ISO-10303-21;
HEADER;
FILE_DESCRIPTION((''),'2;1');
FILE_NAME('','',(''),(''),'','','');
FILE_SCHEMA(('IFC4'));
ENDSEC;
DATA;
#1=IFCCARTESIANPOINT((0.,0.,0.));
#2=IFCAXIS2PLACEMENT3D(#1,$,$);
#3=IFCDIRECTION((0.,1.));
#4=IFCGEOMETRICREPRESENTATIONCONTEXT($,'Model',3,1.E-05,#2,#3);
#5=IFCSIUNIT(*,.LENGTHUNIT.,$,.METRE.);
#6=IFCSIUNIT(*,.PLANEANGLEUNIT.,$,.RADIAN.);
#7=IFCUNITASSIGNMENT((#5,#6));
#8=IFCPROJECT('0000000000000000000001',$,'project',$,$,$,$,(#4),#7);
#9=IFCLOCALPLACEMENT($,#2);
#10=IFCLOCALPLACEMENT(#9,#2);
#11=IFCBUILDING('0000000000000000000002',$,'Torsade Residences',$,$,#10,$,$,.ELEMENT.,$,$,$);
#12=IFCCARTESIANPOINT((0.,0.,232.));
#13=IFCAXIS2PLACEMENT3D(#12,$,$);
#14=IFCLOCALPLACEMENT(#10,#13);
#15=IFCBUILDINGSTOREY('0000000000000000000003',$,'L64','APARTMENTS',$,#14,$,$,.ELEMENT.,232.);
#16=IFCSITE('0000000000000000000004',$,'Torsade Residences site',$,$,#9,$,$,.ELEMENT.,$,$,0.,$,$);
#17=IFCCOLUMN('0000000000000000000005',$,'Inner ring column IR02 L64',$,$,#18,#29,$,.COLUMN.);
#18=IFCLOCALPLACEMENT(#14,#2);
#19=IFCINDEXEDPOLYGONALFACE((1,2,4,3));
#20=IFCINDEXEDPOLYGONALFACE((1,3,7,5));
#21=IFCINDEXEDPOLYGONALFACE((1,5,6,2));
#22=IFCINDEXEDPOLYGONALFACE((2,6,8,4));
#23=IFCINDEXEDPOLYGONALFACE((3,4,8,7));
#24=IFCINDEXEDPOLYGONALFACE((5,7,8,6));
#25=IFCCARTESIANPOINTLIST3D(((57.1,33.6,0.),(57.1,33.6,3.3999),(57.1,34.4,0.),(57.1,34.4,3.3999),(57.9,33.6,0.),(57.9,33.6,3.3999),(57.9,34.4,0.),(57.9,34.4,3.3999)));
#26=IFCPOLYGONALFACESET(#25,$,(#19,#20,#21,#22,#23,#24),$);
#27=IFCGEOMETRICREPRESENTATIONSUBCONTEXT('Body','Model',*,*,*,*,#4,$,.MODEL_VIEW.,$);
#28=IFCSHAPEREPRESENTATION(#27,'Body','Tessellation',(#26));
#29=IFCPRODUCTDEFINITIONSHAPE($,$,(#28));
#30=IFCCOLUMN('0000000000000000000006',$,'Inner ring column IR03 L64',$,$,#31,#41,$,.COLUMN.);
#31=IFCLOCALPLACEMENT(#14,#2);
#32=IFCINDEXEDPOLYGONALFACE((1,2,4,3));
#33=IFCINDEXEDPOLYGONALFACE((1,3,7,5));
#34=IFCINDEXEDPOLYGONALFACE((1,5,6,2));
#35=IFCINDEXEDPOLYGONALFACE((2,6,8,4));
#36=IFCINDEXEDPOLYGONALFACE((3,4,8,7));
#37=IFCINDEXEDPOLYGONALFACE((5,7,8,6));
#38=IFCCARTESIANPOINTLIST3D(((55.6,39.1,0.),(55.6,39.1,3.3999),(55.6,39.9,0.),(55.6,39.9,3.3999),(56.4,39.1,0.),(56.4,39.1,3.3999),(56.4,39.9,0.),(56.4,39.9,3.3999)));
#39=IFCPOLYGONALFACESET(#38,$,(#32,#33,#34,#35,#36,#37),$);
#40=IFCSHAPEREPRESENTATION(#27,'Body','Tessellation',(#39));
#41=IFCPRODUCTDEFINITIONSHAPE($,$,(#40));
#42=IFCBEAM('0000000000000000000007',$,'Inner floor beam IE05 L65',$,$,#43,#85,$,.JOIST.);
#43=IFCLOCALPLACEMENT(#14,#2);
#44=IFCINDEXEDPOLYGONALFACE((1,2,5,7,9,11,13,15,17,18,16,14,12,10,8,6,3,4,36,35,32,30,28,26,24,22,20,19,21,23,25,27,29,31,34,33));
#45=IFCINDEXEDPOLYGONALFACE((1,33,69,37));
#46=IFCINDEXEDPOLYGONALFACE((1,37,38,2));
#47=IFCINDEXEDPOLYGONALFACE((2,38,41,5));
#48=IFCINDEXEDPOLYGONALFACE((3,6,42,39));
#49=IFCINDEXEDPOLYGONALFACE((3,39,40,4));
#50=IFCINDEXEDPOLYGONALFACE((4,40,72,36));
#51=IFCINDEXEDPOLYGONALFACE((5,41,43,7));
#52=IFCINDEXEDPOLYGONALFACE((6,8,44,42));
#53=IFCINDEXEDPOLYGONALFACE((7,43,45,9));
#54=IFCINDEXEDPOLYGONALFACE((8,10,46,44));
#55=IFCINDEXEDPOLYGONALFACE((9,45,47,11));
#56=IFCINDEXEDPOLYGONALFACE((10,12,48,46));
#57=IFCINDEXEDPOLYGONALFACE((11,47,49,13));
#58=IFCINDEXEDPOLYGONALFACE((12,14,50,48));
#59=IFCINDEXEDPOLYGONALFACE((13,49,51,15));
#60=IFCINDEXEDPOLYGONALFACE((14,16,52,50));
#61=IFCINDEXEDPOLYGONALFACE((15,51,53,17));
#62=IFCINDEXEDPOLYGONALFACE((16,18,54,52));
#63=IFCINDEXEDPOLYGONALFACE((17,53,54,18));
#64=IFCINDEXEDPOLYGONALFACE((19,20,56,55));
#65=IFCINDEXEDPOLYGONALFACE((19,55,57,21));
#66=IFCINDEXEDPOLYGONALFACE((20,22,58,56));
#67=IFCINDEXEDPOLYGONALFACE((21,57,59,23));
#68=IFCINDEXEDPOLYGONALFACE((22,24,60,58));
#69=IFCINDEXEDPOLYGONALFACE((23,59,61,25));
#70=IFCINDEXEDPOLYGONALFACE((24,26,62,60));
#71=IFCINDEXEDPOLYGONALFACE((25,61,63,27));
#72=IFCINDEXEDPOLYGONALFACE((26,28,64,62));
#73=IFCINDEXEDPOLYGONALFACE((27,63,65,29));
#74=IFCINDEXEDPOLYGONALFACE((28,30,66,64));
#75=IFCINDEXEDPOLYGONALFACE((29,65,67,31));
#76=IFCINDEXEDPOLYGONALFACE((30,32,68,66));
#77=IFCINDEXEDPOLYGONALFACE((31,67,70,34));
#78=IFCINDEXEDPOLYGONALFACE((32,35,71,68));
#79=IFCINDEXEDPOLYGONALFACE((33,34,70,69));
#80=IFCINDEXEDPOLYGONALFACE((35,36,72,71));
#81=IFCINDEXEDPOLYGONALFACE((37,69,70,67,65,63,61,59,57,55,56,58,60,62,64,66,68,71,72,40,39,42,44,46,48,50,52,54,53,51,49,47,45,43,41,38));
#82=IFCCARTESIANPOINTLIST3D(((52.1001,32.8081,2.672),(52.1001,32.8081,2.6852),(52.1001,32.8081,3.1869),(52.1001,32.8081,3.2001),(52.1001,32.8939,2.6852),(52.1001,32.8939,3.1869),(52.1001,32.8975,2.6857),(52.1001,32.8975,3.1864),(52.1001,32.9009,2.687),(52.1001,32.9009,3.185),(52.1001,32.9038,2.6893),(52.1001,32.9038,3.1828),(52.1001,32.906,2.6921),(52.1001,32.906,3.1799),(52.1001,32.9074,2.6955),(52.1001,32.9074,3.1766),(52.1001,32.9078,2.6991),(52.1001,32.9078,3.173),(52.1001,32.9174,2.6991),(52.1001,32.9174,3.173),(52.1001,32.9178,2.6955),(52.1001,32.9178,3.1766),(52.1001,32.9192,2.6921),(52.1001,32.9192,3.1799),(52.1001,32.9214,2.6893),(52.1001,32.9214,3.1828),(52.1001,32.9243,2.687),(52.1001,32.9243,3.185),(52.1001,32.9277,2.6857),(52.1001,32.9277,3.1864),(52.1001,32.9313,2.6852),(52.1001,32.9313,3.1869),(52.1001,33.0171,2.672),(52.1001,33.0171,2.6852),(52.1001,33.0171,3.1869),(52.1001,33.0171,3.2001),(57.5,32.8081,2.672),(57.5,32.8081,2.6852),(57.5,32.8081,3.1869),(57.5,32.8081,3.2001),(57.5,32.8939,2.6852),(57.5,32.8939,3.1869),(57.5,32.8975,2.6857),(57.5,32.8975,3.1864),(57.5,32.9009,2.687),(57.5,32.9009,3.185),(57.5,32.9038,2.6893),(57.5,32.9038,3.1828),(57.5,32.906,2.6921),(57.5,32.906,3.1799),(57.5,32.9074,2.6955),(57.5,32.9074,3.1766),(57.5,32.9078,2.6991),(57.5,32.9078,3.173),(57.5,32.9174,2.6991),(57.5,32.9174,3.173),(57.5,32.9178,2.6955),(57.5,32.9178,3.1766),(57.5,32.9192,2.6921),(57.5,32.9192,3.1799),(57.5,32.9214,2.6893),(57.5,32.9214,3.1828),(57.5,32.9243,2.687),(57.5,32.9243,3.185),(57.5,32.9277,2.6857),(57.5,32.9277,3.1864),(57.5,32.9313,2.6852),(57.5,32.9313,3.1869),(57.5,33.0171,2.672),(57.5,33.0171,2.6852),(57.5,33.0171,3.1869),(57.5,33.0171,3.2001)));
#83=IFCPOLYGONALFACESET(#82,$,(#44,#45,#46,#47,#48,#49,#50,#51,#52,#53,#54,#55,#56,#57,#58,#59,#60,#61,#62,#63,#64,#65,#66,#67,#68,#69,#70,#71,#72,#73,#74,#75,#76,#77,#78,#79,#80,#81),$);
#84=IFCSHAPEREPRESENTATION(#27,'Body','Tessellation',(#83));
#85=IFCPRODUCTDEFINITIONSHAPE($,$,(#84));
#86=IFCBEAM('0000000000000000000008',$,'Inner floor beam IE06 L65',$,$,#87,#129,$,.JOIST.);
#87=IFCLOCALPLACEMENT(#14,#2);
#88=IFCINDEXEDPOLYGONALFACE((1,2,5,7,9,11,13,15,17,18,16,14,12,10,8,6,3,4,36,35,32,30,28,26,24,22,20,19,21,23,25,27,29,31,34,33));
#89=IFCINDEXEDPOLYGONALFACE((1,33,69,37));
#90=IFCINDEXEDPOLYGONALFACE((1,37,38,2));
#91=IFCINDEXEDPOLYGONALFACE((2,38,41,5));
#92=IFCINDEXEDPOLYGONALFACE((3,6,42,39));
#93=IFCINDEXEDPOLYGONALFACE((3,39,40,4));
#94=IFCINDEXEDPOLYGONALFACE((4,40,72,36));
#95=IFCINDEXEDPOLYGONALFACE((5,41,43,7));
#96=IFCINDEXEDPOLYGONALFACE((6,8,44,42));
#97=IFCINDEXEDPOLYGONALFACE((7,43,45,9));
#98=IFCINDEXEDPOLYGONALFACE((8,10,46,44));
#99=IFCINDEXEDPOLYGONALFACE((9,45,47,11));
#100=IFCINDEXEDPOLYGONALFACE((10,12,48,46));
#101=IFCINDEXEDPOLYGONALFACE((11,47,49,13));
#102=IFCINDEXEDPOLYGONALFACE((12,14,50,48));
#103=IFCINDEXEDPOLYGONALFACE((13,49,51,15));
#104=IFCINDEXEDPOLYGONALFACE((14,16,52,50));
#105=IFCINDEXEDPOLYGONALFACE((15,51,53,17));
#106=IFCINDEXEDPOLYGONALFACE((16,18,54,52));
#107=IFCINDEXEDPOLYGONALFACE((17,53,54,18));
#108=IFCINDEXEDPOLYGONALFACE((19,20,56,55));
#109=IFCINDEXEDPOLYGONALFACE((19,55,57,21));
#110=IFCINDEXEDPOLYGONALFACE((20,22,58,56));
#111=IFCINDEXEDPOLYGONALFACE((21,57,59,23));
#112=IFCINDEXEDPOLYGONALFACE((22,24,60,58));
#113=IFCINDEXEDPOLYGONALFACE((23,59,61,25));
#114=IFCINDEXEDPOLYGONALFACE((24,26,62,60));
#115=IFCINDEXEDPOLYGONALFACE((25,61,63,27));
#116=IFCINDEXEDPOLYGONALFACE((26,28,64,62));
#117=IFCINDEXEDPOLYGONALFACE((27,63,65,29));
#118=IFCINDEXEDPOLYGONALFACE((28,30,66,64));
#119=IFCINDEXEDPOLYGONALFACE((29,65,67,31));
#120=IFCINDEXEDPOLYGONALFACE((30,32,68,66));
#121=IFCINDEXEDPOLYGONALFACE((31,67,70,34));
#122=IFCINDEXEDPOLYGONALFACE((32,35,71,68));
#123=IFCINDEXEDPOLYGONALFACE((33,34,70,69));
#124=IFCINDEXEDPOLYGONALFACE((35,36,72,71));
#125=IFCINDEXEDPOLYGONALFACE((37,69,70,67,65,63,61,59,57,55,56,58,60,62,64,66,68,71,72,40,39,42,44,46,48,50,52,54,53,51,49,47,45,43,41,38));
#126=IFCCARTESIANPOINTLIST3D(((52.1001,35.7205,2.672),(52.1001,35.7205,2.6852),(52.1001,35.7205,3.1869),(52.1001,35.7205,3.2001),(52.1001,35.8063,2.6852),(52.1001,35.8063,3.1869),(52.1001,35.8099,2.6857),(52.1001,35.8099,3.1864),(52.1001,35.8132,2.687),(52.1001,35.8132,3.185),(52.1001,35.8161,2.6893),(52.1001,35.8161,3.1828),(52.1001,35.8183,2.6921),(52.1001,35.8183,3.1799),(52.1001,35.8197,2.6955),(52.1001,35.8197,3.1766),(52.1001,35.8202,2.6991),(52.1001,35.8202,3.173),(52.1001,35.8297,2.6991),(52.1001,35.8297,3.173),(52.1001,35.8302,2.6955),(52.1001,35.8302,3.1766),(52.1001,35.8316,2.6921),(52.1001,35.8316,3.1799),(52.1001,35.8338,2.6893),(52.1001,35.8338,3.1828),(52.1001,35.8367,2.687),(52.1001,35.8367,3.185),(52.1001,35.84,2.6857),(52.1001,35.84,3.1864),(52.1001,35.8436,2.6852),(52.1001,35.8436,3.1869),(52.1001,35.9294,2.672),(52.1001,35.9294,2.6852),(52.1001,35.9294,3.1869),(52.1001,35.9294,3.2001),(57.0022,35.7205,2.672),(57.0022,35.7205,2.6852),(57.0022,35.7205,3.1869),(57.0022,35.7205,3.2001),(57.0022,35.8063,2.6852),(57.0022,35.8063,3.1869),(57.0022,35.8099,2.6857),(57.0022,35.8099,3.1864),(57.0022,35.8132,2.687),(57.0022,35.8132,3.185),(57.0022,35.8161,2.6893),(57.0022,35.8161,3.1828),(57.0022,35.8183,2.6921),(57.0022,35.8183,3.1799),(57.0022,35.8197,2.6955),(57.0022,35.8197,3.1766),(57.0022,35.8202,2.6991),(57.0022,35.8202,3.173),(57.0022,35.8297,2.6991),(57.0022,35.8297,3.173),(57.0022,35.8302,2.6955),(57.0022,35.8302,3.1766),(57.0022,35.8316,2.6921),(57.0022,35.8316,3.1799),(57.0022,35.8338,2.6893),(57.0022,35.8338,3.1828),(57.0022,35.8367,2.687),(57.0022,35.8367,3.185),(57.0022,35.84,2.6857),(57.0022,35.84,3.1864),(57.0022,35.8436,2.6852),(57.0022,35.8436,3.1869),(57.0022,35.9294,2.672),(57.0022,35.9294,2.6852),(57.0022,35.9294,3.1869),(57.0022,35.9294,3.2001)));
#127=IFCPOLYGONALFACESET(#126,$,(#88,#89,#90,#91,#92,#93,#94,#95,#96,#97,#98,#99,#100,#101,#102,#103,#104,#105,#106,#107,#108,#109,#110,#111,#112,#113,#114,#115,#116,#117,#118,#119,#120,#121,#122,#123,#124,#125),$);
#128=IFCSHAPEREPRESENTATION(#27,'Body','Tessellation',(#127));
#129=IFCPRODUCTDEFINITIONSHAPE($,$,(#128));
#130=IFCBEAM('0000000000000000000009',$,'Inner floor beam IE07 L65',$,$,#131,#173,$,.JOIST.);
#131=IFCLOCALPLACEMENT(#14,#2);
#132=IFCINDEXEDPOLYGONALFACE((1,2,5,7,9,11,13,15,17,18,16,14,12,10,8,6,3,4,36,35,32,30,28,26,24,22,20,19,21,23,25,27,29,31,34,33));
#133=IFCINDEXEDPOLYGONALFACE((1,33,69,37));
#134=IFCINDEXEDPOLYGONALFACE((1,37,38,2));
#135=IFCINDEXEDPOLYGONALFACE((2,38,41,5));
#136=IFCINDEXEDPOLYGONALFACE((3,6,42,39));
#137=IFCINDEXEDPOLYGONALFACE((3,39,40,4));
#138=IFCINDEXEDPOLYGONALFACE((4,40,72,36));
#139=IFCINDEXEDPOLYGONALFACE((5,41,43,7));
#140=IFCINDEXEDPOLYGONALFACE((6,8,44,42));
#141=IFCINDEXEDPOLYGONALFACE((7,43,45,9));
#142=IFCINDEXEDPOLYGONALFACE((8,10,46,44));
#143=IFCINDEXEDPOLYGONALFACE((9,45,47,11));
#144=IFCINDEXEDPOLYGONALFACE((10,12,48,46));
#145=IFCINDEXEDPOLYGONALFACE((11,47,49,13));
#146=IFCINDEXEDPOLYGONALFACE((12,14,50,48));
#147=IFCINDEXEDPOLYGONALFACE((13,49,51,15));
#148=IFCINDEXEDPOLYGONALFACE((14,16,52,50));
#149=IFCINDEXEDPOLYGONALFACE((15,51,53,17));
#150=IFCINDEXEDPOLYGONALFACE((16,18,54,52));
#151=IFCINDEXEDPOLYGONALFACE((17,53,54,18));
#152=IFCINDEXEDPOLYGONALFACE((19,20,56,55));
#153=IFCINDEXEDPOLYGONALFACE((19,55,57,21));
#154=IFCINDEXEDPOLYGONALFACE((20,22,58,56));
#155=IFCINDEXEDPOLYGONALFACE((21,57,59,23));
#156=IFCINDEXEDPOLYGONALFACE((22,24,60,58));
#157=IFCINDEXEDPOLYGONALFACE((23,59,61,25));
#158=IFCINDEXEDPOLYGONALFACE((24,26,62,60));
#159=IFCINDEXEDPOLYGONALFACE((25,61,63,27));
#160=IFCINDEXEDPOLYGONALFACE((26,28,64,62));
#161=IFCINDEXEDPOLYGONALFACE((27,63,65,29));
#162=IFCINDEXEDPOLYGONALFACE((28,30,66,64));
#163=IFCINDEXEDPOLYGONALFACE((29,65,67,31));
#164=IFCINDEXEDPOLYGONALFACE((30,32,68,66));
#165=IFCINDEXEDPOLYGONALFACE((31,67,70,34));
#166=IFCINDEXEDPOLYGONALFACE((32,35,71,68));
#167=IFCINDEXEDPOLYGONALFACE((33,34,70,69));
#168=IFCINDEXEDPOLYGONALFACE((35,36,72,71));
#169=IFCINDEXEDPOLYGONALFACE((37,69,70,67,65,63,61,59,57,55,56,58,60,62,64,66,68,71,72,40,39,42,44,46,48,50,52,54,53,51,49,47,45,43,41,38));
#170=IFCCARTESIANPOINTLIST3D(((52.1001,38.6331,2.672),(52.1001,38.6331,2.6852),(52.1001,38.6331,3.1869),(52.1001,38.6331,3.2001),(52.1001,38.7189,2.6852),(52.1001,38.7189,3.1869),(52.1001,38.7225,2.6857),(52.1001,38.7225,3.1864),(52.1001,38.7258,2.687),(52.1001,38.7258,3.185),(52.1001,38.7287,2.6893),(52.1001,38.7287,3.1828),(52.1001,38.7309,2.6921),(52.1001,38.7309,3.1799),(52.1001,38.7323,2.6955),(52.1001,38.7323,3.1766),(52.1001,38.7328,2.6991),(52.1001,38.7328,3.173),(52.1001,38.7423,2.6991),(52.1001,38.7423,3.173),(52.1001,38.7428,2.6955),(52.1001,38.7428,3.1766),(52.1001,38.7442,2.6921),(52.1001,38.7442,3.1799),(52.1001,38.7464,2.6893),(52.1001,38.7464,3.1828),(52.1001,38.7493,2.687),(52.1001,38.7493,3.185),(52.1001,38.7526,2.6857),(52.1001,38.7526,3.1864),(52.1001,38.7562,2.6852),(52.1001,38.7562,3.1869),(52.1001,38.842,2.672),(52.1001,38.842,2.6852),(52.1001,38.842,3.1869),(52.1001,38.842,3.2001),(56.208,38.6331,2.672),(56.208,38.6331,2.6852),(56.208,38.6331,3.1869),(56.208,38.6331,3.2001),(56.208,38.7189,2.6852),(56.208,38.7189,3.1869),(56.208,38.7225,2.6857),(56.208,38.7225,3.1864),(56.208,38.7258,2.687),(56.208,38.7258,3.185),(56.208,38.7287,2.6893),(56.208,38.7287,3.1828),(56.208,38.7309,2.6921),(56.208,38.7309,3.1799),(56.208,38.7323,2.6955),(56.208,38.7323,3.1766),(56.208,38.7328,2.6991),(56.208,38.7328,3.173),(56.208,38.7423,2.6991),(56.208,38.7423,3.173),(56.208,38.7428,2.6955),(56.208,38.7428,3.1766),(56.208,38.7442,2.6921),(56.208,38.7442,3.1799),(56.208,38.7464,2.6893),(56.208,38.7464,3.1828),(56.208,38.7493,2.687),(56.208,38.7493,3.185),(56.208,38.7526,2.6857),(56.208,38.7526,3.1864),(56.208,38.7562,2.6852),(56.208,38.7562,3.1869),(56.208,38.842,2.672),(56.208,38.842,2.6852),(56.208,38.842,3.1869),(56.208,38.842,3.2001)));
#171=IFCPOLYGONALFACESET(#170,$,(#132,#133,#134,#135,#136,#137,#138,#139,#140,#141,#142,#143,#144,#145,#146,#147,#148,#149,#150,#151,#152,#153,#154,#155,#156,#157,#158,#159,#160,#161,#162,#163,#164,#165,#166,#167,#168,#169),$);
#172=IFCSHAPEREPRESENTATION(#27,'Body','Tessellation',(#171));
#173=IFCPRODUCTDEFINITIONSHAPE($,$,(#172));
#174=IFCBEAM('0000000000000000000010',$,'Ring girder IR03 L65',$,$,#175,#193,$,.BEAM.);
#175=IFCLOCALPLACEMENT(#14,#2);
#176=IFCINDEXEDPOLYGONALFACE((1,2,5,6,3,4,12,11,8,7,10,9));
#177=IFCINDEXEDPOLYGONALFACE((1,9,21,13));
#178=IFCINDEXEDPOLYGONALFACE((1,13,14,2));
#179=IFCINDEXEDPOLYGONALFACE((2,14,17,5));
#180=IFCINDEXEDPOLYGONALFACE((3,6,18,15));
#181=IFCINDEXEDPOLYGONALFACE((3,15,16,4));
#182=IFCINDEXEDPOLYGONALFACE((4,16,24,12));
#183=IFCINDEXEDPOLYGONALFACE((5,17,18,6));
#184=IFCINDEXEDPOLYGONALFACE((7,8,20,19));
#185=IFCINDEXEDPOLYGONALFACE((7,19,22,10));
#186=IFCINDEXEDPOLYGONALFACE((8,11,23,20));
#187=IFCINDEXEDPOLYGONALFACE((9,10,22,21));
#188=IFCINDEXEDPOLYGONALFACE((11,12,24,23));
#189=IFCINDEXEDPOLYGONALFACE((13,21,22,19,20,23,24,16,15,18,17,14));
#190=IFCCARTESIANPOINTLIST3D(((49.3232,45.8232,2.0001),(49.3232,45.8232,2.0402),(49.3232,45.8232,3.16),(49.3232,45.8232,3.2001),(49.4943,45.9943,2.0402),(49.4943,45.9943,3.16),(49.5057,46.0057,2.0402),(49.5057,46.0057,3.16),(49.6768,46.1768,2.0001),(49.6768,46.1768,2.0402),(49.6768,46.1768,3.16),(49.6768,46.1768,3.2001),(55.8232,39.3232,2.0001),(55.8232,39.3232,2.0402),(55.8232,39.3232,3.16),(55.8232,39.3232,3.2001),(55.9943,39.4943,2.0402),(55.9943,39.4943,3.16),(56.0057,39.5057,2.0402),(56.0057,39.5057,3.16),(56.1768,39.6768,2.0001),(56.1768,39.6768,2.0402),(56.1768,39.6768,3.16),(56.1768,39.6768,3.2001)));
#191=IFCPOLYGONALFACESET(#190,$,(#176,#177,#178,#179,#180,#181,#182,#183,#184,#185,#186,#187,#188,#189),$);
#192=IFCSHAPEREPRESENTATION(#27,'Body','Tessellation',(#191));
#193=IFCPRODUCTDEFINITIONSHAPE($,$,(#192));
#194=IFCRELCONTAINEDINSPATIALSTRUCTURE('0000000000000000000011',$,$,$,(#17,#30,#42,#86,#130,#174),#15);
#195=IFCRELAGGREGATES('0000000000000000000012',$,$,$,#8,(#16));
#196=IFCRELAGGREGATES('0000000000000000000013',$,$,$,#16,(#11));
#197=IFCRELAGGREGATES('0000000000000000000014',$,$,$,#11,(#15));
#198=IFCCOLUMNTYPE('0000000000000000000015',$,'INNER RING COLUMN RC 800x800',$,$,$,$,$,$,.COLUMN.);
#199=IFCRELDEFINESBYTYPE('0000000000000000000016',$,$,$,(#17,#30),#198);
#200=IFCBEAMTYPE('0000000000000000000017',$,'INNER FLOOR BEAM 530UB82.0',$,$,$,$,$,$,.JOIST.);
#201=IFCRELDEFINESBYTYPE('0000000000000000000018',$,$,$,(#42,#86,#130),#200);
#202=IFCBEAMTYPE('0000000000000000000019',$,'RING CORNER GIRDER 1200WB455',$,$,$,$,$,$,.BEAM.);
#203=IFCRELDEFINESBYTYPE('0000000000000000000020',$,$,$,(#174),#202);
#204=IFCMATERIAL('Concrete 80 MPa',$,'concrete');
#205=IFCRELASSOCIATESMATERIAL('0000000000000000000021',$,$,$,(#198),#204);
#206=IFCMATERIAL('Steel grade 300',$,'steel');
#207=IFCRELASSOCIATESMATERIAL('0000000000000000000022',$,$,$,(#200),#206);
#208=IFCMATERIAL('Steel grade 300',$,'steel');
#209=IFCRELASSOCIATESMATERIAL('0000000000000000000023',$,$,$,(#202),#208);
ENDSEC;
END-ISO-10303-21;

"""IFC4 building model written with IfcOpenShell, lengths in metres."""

from ifc_helpers import new_model, si_unit, direction, frame, origin, origin_2d, place, context, subcontext, project, spatial, rectangle, i_section, extrude, material, material_profile, profile_set, type_object, element, save


model = new_model("IFC4")

# Units and contexts
model_context = context("Model", 3, precision=1e-05, world=origin(), true_north=direction((0.0, 1.0)))
body_context = subcontext(model_context, "Body", "Model", "MODEL_VIEW")
ifc_project = project(units=[si_unit("LENGTHUNIT", "METRE"), si_unit("PLANEANGLEUNIT", "RADIAN")], contexts=[model_context])

# Site, building, storey
site_placement = place(None, origin())
site = spatial("IfcSite", under=ifc_project, at=site_placement, Name="Torsade Residences site", CompositionType="ELEMENT", RefElevation=0.0)
building_placement = place(site_placement, origin())
building = spatial("IfcBuilding", under=site, at=building_placement, Name="Torsade Residences", CompositionType="ELEMENT")
storey_placement = place(building_placement, frame((0.0, 0.0, 232.0)))
storey = spatial("IfcBuildingStorey", under=building, at=storey_placement, Name="L64", Description="APARTMENTS", CompositionType="ELEMENT", Elevation=232.0)

# Columns
ifc_material_1 = material(Name="Concrete 80 MPa", Category="concrete")
ifc_material_profile_1 = material_profile(ifc_material_1, rectangle(XDim=0.8, YDim=0.8, at=origin_2d()), Name="RC 800x800")
ifc_profile_set_1 = profile_set([ifc_material_profile_1], Name="Concrete 80 MPa")
column_type = type_object("IfcColumnType", Name="INNER RING COLUMN RC 800x800", PredefinedType="COLUMN", material=ifc_profile_set_1)
for number, where, z_axis, x_axis, name in (
    (1, (57.5, 34.0, 0.0), (0.0, 0.0, 1.0), (1.0, 0.0, 0.0), "Inner ring column IR02 L64"),
    (2, (56.0, 39.5, 0.0), (0.0, 0.0, 1.0), (1.0, 0.0, 0.0), "Inner ring column IR03 L64"),
):
    element("IfcColumn", number, at=place(storey_placement, frame(where, z_axis=z_axis, x_axis=x_axis)), inside=storey, type_object=column_type, Name=name, PredefinedType="COLUMN", context=body_context, shape_type="SweptSolid", body=[
        extrude(rectangle(XDim=0.8, YDim=0.8, at=origin_2d()), origin(), (0.0, 0.0, 1.0), 3.3999),
    ])

# Beams
ifc_material_2 = material(Name="Steel grade 300", Category="steel")
ifc_material_profile_2 = material_profile(ifc_material_2, i_section(OverallWidth=0.209, OverallDepth=0.5281, WebThickness=0.0095, FlangeThickness=0.0132, FilletRadius=0.0139, at=origin_2d()), Name="530UB82.0")
ifc_profile_set_2 = profile_set([ifc_material_profile_2], Name="Steel grade 300")
beam_type_1 = type_object("IfcBeamType", Name="INNER FLOOR BEAM 530UB82.0", PredefinedType="JOIST", material=ifc_profile_set_2)
beam_1_placement = place(storey_placement, frame((52.1001, 32.9126, 2.936), z_axis=(1.0, 0.0, 0.0), x_axis=(0.0, 1.0, 0.0)))
element("IfcBeam", 3, at=beam_1_placement, inside=storey, type_object=beam_type_1, Name="Inner floor beam IE05 L65", PredefinedType="JOIST", context=body_context, shape_type="SweptSolid", body=[
    extrude(i_section(OverallWidth=0.209, OverallDepth=0.5281, WebThickness=0.0095, FlangeThickness=0.0132, FilletRadius=0.0139, at=origin_2d()), origin(), (0.0, 0.0, 1.0), 5.3999),
])
beam_2_placement = place(storey_placement, frame((52.1001, 35.825, 2.936), z_axis=(1.0, 0.0, 0.0), x_axis=(0.0, 1.0, 0.0)))
element("IfcBeam", 4, at=beam_2_placement, inside=storey, type_object=beam_type_1, Name="Inner floor beam IE06 L65", PredefinedType="JOIST", context=body_context, shape_type="SweptSolid", body=[
    extrude(i_section(OverallWidth=0.209, OverallDepth=0.5281, WebThickness=0.0095, FlangeThickness=0.0132, FilletRadius=0.0139, at=origin_2d()), origin(), (0.0, 0.0, 1.0), 4.9021),
])
beam_3_placement = place(storey_placement, frame((52.1001, 38.7375, 2.936), z_axis=(1.0, 0.0, 0.0), x_axis=(0.0, 1.0, 0.0)))
element("IfcBeam", 5, at=beam_3_placement, inside=storey, type_object=beam_type_1, Name="Inner floor beam IE07 L65", PredefinedType="JOIST", context=body_context, shape_type="SweptSolid", body=[
    extrude(i_section(OverallWidth=0.209, OverallDepth=0.5281, WebThickness=0.0095, FlangeThickness=0.0132, FilletRadius=0.0139, at=origin_2d()), origin(), (0.0, 0.0, 1.0), 4.1079),
])
ifc_material_3 = material(Name="Steel grade 300", Category="steel")
ifc_material_profile_3 = material_profile(ifc_material_3, i_section(OverallWidth=0.5, OverallDepth=1.2, WebThickness=0.0161, FlangeThickness=0.04, at=origin_2d()), Name="1200WB455")
ifc_profile_set_3 = profile_set([ifc_material_profile_3], Name="Steel grade 300")
beam_type_2 = type_object("IfcBeamType", Name="RING CORNER GIRDER 1200WB455", PredefinedType="BEAM", material=ifc_profile_set_3)
beam_4_placement = place(storey_placement, frame((56.0, 39.5, 2.6001), z_axis=(-0.707107, 0.707107, 0.0), x_axis=(-0.707107, -0.707107, 0.0)))
element("IfcBeam", 6, at=beam_4_placement, inside=storey, type_object=beam_type_2, Name="Ring girder IR03 L65", PredefinedType="BEAM", context=body_context, shape_type="SweptSolid", body=[
    extrude(i_section(OverallWidth=0.5, OverallDepth=1.2, WebThickness=0.0161, FlangeThickness=0.04, at=origin_2d()), origin(), (0.0, 0.0, 1.0), 9.1924),
])

save(model, "model.ifc")
